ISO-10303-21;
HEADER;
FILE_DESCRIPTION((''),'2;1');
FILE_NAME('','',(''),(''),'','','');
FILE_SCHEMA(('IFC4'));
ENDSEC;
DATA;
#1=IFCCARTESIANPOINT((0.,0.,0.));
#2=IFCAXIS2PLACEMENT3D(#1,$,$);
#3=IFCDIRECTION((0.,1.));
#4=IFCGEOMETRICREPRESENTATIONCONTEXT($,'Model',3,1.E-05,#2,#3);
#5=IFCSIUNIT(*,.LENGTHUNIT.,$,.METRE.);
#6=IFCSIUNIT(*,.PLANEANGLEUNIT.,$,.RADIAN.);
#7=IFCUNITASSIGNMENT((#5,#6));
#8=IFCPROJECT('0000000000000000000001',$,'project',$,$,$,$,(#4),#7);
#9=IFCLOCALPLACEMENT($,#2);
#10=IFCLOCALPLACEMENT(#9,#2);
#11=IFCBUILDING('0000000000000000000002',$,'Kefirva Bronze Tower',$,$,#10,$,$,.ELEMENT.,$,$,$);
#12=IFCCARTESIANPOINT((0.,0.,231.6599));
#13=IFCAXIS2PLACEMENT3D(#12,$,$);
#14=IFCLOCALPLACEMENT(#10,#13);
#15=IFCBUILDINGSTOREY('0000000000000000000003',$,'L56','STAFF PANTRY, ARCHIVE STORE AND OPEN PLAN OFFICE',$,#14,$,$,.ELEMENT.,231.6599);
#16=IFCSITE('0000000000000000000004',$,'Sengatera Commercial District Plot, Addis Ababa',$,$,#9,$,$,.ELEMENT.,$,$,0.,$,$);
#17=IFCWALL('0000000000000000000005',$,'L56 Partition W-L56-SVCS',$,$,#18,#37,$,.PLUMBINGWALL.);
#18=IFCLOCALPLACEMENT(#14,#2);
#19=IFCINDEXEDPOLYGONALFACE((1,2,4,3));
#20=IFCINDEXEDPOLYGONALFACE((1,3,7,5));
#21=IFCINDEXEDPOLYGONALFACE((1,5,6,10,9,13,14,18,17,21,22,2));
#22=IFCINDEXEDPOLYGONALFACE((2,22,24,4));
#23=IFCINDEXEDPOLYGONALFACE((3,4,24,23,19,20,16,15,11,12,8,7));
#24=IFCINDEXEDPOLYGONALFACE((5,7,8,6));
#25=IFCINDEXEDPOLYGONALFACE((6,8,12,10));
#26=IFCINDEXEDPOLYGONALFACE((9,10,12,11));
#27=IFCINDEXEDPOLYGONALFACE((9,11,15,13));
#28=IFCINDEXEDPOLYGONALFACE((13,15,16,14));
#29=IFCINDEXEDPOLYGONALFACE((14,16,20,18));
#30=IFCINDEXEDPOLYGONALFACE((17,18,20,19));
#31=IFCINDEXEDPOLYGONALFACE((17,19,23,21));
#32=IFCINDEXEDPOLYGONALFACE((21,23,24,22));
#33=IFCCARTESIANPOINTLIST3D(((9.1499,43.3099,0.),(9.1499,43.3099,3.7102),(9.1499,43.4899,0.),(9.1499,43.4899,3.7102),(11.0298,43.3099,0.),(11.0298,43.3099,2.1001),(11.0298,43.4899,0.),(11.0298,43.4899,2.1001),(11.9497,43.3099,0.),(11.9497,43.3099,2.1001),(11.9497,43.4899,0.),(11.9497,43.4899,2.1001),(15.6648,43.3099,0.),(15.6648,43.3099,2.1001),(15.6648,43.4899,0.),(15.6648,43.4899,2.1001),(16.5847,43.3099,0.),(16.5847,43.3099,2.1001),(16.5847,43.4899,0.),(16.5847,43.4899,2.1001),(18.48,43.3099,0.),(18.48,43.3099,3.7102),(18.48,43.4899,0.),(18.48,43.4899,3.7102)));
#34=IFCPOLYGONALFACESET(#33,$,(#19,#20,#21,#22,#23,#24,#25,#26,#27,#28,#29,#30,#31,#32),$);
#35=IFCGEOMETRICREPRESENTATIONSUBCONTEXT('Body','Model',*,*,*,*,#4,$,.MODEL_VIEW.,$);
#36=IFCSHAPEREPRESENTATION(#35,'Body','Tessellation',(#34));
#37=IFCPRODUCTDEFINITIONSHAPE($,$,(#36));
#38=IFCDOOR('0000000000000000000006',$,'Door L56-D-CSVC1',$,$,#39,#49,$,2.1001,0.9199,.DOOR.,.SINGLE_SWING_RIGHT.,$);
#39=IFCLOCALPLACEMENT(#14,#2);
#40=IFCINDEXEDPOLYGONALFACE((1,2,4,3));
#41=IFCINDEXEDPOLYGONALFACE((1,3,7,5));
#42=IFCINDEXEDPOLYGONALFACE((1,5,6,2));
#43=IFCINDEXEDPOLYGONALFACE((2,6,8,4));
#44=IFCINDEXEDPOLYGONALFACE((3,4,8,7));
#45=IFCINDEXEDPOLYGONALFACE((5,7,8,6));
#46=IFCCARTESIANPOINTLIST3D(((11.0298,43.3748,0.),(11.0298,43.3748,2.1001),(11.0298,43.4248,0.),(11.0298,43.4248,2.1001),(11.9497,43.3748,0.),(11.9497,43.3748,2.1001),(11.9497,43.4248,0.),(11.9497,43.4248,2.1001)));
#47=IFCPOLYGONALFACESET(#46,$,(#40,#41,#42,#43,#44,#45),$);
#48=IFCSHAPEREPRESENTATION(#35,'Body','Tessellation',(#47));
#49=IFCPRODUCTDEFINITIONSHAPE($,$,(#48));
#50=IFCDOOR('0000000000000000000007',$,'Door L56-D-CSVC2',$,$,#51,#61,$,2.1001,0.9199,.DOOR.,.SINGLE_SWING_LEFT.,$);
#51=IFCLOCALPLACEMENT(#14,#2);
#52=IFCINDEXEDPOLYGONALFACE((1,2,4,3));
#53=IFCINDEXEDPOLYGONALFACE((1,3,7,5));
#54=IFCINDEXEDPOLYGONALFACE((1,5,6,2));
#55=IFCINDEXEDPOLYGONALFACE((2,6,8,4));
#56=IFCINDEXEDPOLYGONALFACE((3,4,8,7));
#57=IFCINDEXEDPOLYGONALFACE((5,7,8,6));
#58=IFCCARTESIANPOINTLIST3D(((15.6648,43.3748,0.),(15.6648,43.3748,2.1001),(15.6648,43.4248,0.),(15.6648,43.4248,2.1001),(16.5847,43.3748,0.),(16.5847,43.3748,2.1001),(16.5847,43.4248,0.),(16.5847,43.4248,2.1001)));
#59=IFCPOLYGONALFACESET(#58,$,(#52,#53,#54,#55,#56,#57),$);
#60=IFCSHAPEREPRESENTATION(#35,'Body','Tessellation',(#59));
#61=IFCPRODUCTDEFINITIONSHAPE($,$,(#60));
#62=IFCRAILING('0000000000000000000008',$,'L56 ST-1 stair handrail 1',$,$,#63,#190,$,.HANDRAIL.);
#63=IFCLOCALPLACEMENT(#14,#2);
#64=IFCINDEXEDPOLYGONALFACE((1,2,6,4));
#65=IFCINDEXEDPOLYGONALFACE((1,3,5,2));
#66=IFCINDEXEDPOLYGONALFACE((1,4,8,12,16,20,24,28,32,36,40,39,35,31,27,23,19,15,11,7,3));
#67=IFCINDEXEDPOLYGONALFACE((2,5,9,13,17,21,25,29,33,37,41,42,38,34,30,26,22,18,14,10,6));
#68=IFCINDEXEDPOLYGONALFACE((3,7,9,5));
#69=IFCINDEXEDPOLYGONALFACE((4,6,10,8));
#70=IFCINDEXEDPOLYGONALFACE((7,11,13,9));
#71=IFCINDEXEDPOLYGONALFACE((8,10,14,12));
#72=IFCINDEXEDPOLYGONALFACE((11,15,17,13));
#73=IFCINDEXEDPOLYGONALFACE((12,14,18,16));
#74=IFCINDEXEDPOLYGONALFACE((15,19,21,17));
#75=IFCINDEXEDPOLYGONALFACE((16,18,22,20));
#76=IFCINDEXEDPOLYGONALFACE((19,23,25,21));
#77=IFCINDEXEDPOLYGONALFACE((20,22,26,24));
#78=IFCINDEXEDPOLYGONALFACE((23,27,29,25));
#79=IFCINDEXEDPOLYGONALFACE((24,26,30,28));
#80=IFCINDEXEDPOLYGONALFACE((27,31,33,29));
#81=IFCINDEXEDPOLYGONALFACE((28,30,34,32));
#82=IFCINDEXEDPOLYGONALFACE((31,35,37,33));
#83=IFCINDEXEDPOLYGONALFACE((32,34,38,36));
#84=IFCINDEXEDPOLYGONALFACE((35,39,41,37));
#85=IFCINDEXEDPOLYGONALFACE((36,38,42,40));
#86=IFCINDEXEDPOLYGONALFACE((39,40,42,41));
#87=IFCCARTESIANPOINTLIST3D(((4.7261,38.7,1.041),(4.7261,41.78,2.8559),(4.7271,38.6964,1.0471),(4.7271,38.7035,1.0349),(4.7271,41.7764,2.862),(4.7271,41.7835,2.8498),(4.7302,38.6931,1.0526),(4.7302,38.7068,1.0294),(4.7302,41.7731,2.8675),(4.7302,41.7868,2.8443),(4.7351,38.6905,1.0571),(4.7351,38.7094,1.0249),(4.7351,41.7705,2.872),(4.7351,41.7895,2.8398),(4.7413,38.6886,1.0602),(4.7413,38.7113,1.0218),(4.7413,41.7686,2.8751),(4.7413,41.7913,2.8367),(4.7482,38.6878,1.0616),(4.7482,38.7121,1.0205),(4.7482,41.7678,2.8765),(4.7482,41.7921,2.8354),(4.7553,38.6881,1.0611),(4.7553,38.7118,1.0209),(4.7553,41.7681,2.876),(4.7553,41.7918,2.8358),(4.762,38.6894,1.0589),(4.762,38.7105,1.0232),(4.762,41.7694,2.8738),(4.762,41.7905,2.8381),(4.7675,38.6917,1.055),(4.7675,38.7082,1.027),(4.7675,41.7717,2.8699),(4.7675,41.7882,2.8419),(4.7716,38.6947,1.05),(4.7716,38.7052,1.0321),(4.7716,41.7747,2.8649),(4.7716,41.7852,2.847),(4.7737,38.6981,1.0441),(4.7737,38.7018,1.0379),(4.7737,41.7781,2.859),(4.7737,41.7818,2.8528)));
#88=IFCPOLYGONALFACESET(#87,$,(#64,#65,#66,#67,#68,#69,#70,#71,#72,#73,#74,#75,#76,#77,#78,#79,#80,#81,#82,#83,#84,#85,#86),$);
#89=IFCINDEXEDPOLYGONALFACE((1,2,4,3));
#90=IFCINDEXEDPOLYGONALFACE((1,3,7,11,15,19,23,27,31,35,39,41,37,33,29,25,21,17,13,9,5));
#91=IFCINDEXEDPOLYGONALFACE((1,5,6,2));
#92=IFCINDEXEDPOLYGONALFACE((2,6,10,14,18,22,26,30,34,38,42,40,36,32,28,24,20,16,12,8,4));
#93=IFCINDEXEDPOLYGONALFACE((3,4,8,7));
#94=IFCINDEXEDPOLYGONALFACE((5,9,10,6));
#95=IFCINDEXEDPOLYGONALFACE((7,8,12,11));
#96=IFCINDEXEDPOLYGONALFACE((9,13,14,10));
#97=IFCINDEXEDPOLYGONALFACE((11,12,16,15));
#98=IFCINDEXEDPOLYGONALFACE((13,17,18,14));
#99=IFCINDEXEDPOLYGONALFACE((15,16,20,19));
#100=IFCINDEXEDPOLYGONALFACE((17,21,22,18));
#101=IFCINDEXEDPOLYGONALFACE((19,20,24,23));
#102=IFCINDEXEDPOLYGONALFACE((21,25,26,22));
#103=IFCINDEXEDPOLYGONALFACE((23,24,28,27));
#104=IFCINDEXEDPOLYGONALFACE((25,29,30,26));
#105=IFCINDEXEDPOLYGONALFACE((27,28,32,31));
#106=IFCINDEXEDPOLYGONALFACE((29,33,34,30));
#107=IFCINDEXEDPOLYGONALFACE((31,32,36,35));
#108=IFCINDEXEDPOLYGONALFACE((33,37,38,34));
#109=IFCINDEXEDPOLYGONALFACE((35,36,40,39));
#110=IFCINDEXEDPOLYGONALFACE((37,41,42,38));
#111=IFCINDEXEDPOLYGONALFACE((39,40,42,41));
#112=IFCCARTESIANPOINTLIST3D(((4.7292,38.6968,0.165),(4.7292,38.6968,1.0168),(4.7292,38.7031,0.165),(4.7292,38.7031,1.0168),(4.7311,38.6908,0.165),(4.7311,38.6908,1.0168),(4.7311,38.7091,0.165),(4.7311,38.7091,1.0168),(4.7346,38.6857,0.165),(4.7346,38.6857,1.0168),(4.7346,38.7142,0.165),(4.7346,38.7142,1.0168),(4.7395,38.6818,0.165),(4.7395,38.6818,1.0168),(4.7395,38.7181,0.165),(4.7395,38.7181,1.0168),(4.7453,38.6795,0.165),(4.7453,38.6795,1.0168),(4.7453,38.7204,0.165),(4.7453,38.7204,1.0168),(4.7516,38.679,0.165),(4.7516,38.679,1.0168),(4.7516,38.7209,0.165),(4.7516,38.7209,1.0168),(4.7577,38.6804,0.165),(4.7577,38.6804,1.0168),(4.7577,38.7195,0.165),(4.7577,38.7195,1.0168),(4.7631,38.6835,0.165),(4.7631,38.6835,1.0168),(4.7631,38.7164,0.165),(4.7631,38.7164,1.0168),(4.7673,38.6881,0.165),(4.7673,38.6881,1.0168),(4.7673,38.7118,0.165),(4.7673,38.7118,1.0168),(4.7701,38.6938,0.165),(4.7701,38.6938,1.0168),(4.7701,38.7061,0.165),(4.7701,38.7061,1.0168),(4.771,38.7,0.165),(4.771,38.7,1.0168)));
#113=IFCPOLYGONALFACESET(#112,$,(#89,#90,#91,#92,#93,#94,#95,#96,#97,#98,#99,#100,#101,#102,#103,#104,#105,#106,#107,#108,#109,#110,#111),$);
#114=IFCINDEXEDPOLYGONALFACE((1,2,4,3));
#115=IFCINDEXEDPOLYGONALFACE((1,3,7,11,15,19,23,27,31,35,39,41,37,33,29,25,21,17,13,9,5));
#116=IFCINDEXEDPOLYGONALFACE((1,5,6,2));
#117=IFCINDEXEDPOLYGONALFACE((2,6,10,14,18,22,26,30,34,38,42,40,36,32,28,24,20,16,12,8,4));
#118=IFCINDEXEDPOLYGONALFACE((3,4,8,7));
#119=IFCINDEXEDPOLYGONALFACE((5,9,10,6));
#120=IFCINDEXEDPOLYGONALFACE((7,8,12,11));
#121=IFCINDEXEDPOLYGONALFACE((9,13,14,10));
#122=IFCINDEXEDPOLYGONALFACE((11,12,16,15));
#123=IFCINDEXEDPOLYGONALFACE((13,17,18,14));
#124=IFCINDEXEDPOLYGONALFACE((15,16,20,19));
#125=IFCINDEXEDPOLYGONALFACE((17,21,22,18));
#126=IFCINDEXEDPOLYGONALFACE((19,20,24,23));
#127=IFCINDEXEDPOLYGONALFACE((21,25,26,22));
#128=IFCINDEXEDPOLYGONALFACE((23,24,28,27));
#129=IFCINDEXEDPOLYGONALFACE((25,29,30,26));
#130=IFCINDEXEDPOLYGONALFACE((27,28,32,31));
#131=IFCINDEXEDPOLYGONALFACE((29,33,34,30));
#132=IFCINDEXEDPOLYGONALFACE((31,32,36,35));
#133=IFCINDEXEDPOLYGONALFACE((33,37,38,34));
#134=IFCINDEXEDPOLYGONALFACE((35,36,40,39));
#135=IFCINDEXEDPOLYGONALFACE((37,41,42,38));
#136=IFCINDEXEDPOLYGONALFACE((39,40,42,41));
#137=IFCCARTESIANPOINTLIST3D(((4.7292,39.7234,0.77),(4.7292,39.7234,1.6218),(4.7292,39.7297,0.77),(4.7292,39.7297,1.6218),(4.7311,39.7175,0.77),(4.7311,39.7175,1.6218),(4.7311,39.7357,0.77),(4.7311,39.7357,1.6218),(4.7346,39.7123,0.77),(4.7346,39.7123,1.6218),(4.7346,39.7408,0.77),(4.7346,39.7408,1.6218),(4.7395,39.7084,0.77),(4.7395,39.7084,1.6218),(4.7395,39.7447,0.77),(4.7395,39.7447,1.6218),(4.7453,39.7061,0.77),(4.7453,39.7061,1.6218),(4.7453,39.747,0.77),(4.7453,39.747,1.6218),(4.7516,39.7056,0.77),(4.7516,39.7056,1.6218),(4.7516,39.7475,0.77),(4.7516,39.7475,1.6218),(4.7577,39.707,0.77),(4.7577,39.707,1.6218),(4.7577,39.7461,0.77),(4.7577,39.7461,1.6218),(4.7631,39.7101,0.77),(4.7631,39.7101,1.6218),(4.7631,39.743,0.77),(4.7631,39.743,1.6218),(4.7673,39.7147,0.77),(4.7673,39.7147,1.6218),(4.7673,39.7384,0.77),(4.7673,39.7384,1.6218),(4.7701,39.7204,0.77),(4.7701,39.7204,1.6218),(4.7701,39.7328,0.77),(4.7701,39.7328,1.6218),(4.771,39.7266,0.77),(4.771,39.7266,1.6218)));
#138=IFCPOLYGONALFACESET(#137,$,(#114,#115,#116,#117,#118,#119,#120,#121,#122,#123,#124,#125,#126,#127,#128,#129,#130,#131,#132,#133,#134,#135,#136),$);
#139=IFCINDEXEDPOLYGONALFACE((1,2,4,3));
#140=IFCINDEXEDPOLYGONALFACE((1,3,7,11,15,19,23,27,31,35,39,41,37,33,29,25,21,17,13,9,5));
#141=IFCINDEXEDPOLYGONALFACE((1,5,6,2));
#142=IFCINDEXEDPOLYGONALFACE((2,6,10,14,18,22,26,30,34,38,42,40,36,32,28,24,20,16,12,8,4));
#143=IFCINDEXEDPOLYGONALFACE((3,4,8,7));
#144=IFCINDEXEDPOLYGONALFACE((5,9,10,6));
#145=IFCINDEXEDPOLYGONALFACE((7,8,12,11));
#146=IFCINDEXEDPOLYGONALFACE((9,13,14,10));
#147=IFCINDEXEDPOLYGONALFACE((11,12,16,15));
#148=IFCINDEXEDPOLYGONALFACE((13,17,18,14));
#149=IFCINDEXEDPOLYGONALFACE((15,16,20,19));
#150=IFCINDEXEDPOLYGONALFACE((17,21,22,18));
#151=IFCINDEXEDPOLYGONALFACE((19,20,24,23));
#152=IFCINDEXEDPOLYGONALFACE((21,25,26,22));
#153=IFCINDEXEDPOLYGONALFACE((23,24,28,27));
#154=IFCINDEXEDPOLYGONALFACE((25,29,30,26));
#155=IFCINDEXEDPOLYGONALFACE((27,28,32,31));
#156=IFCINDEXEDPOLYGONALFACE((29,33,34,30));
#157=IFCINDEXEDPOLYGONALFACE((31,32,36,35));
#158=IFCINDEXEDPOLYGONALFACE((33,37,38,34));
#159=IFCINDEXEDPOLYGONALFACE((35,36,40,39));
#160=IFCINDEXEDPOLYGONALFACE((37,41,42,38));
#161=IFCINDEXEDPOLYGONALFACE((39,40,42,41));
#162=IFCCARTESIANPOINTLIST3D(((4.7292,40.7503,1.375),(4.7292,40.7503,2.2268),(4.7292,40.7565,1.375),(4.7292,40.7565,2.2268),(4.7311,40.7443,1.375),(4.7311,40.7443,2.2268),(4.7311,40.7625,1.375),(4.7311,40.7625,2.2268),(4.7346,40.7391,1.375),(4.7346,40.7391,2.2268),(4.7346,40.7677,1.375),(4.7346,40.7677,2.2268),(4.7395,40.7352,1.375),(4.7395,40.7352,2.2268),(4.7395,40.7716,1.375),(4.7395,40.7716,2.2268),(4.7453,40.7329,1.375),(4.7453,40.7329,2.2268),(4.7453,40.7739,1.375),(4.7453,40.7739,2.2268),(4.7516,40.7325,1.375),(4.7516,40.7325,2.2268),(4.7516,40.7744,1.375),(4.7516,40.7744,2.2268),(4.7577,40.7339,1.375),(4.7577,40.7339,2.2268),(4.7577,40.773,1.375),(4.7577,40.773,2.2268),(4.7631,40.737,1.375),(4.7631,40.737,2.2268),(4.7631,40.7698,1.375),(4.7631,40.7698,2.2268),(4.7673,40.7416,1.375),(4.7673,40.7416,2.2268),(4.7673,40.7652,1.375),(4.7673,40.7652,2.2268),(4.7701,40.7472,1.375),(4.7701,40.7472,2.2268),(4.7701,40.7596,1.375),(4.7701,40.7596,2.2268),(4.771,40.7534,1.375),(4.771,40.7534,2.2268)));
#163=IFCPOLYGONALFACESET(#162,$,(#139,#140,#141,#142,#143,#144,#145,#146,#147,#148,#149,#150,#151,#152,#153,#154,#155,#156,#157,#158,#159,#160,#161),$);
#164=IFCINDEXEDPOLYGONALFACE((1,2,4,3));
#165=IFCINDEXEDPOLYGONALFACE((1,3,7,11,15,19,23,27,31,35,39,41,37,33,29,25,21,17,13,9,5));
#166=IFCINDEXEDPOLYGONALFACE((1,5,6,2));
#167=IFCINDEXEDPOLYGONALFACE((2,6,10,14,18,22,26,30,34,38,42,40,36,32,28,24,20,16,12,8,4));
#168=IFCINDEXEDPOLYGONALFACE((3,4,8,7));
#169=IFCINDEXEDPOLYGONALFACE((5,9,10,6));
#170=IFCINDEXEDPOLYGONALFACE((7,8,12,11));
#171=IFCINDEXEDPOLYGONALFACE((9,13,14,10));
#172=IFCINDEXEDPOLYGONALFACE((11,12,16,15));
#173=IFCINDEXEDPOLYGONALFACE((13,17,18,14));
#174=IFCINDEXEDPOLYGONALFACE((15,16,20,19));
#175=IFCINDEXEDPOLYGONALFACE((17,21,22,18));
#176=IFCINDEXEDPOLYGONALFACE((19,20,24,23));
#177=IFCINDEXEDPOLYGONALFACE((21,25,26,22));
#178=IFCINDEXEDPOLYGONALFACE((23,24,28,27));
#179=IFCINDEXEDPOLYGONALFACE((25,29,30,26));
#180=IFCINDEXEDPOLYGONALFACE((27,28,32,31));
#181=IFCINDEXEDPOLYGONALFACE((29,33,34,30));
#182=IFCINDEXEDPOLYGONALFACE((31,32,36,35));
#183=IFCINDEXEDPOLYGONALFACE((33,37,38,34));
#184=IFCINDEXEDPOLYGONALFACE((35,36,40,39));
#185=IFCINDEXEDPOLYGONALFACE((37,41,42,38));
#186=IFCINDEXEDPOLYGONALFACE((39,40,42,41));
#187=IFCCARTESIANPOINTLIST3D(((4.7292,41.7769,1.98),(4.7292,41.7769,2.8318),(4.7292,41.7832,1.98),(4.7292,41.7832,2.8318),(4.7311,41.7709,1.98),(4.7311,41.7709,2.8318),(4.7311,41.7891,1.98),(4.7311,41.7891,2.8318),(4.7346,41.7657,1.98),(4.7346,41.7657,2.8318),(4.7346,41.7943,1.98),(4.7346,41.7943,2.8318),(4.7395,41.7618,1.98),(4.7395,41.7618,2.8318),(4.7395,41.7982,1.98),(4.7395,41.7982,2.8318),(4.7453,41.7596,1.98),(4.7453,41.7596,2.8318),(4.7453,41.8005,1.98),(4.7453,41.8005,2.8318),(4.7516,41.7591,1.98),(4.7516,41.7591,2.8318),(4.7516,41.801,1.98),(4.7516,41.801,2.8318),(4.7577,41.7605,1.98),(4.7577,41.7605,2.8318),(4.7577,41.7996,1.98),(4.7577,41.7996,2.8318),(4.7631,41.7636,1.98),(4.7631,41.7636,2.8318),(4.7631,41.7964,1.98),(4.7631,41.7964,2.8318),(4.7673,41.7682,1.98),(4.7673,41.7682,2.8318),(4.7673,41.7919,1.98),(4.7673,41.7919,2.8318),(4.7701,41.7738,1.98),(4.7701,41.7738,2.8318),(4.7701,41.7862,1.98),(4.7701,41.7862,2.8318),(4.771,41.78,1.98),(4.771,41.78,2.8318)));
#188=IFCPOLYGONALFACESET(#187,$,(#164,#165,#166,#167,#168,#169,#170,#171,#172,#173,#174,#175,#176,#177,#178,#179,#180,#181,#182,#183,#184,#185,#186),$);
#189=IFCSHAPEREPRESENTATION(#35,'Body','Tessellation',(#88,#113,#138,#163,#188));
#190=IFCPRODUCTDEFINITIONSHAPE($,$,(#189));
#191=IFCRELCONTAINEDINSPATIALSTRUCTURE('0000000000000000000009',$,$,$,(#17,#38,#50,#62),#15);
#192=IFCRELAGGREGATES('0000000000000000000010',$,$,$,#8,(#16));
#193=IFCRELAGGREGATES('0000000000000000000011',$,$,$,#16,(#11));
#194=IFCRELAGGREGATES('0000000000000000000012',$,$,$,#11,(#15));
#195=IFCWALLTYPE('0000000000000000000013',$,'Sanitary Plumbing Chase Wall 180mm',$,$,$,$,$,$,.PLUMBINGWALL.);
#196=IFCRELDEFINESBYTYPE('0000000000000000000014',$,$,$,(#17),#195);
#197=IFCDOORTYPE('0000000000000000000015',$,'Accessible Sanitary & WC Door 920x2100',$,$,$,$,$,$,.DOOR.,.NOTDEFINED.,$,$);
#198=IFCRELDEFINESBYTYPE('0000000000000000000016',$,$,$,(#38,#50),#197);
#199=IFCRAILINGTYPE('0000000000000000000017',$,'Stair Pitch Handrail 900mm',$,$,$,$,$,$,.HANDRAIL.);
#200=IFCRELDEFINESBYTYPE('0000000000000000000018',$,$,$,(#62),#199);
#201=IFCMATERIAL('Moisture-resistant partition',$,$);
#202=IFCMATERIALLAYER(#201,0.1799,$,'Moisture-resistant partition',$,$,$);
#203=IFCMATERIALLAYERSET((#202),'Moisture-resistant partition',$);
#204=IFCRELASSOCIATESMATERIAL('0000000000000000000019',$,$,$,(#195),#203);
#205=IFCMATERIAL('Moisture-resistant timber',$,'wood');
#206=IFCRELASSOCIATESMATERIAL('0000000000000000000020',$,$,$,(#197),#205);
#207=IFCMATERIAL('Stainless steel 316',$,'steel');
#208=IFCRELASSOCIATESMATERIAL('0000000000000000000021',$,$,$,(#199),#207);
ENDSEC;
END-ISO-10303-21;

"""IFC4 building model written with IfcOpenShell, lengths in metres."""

from ifc_helpers import new_model, si_unit, direction, frame, frame_2d, origin, origin_2d, place, context, subcontext, project, spatial, rectangle, circle, extrude, material, layer, layer_set, type_object, element, fill, save


model = new_model("IFC4")

# Units and contexts
model_context = context("Model", 3, precision=1e-05, world=origin(), true_north=direction((0.0, 1.0)))
body_context = subcontext(model_context, "Body", "Model", "MODEL_VIEW")
ifc_project = project(units=[si_unit("LENGTHUNIT", "METRE"), si_unit("PLANEANGLEUNIT", "RADIAN")], contexts=[model_context])

# Site, building, storey
site_placement = place(None, origin())
site = spatial("IfcSite", under=ifc_project, at=site_placement, Name="Sengatera Commercial District Plot, Addis Ababa", CompositionType="ELEMENT", RefElevation=0.0)
building_placement = place(site_placement, origin())
building = spatial("IfcBuilding", under=site, at=building_placement, Name="Kefirva Bronze Tower", CompositionType="ELEMENT")
storey_placement = place(building_placement, frame((0.0, 0.0, 231.6599)))
storey = spatial("IfcBuildingStorey", under=building, at=storey_placement, Name="L56", Description="STAFF PANTRY, ARCHIVE STORE AND OPEN PLAN OFFICE", CompositionType="ELEMENT", Elevation=231.6599)

# Shared definitions
ifc_material_1 = material(Name="Stainless steel 316", Category="steel")

# Wall, openings, doors
ifc_material_2 = material(Name="Moisture-resistant partition")
ifc_layer_1 = layer(ifc_material_2, 0.1799, Name="Moisture-resistant partition")
ifc_layer_set_1 = layer_set([ifc_layer_1], Name="Moisture-resistant partition")
wall_type_1 = type_object("IfcWallType", Name="Sanitary Plumbing Chase Wall 180mm", PredefinedType="PLUMBINGWALL", material=ifc_layer_set_1)
wall_1_placement = place(storey_placement, frame((9.1499, 43.3999, 0.0), z_axis=(0.0, 0.0, 1.0), x_axis=(1.0, 0.0, 0.0)))
wall_1 = element("IfcWall", 1, at=wall_1_placement, inside=storey, type_object=wall_type_1, Name="L56 Partition W-L56-SVCS", PredefinedType="PLUMBINGWALL", context=body_context, shape_type="SweptSolid", body=[
    extrude(rectangle(XDim=9.3301, YDim=0.1799, at=frame_2d((4.665, 0.0))), origin(), (0.0, 0.0, 1.0), 3.7102),
])
opening_1_placement = place(wall_1_placement, frame((1.8799, 0.0, 0.0)))
opening_1 = element("IfcOpeningElement", 2, at=opening_1_placement, cuts=wall_1, PredefinedType="OPENING", context=body_context, shape_type="SweptSolid", body=[
    extrude(rectangle(XDim=0.9199, YDim=2.1001, at=frame_2d((0.46, 1.05))), frame((0.0, 0.1001, 0.0), z_axis=(0.0, -1.0, 0.0), x_axis=(1.0, 0.0, 0.0)), (0.0, 0.0, 1.0), 0.2),
])
opening_2_placement = place(wall_1_placement, frame((6.5149, 0.0, 0.0)))
opening_2 = element("IfcOpeningElement", 3, at=opening_2_placement, cuts=wall_1, PredefinedType="OPENING", context=body_context, shape_type="SweptSolid", body=[
    extrude(rectangle(XDim=0.9199, YDim=2.1001, at=frame_2d((0.46, 1.05))), frame((0.0, 0.1001, 0.0), z_axis=(0.0, -1.0, 0.0), x_axis=(1.0, 0.0, 0.0)), (0.0, 0.0, 1.0), 0.2),
])
ifc_material_3 = material(Name="Moisture-resistant timber", Category="wood")
door_type_1 = type_object("IfcDoorType", Name="Accessible Sanitary & WC Door 920x2100", OperationType="NOTDEFINED", PredefinedType="DOOR", material=ifc_material_3)
door_1_placement = place(opening_1_placement, origin())
door_1 = element("IfcDoor", 4, at=door_1_placement, inside=storey, type_object=door_type_1, Name="Door L56-D-CSVC1", OperationType="SINGLE_SWING_RIGHT", OverallHeight=2.1001, OverallWidth=0.9199, PredefinedType="DOOR", context=body_context, shape_type="SweptSolid", body=[
    extrude(rectangle(XDim=0.9199, YDim=2.1001, at=frame_2d((0.46, 1.05))), frame((0.0, 0.0249, 0.0), z_axis=(0.0, -1.0, 0.0), x_axis=(1.0, 0.0, 0.0)), (0.0, 0.0, 1.0), 0.05),
])
fill(opening_1, door_1)
door_2_placement = place(opening_2_placement, origin())
door_2 = element("IfcDoor", 5, at=door_2_placement, inside=storey, type_object=door_type_1, Name="Door L56-D-CSVC2", OperationType="SINGLE_SWING_LEFT", OverallHeight=2.1001, OverallWidth=0.9199, PredefinedType="DOOR", context=body_context, shape_type="SweptSolid", body=[
    extrude(rectangle(XDim=0.9199, YDim=2.1001, at=frame_2d((0.46, 1.05))), frame((0.0, 0.0249, 0.0), z_axis=(0.0, -1.0, 0.0), x_axis=(1.0, 0.0, 0.0)), (0.0, 0.0, 1.0), 0.05),
])
fill(opening_2, door_2)

# Railing
railing_type = type_object("IfcRailingType", Name="Stair Pitch Handrail 900mm", PredefinedType="HANDRAIL", material=ifc_material_1)
railing_placement = place(storey_placement, frame((4.75, 38.7, 0.165)))
element("IfcRailing", 6, at=railing_placement, inside=storey, type_object=railing_type, Name="L56 ST-1 stair handrail 1", PredefinedType="HANDRAIL", context=body_context, shape_type="SweptSolid", body=[
    extrude(circle(Radius=0.0239, at=origin_2d()), frame((0.0, 0.0, 0.876), z_axis=(0.0, 0.861551, 0.507671), x_axis=(-1.0, 0.0, 0.0)), (0.0, 0.0, 1.0), 3.575),
    extrude(circle(Radius=0.021, at=origin_2d()), origin(), (0.0, 0.0, 1.0), 0.8518),
    extrude(circle(Radius=0.021, at=origin_2d()), frame((0.0, 1.0266, 0.605)), (0.0, 0.0, 1.0), 0.8518),
    extrude(circle(Radius=0.021, at=origin_2d()), frame((0.0, 2.0535, 1.21)), (0.0, 0.0, 1.0), 0.8518),
    extrude(circle(Radius=0.021, at=origin_2d()), frame((0.0, 3.0801, 1.8149)), (0.0, 0.0, 1.0), 0.8518),
])

save(model, "model.ifc")
